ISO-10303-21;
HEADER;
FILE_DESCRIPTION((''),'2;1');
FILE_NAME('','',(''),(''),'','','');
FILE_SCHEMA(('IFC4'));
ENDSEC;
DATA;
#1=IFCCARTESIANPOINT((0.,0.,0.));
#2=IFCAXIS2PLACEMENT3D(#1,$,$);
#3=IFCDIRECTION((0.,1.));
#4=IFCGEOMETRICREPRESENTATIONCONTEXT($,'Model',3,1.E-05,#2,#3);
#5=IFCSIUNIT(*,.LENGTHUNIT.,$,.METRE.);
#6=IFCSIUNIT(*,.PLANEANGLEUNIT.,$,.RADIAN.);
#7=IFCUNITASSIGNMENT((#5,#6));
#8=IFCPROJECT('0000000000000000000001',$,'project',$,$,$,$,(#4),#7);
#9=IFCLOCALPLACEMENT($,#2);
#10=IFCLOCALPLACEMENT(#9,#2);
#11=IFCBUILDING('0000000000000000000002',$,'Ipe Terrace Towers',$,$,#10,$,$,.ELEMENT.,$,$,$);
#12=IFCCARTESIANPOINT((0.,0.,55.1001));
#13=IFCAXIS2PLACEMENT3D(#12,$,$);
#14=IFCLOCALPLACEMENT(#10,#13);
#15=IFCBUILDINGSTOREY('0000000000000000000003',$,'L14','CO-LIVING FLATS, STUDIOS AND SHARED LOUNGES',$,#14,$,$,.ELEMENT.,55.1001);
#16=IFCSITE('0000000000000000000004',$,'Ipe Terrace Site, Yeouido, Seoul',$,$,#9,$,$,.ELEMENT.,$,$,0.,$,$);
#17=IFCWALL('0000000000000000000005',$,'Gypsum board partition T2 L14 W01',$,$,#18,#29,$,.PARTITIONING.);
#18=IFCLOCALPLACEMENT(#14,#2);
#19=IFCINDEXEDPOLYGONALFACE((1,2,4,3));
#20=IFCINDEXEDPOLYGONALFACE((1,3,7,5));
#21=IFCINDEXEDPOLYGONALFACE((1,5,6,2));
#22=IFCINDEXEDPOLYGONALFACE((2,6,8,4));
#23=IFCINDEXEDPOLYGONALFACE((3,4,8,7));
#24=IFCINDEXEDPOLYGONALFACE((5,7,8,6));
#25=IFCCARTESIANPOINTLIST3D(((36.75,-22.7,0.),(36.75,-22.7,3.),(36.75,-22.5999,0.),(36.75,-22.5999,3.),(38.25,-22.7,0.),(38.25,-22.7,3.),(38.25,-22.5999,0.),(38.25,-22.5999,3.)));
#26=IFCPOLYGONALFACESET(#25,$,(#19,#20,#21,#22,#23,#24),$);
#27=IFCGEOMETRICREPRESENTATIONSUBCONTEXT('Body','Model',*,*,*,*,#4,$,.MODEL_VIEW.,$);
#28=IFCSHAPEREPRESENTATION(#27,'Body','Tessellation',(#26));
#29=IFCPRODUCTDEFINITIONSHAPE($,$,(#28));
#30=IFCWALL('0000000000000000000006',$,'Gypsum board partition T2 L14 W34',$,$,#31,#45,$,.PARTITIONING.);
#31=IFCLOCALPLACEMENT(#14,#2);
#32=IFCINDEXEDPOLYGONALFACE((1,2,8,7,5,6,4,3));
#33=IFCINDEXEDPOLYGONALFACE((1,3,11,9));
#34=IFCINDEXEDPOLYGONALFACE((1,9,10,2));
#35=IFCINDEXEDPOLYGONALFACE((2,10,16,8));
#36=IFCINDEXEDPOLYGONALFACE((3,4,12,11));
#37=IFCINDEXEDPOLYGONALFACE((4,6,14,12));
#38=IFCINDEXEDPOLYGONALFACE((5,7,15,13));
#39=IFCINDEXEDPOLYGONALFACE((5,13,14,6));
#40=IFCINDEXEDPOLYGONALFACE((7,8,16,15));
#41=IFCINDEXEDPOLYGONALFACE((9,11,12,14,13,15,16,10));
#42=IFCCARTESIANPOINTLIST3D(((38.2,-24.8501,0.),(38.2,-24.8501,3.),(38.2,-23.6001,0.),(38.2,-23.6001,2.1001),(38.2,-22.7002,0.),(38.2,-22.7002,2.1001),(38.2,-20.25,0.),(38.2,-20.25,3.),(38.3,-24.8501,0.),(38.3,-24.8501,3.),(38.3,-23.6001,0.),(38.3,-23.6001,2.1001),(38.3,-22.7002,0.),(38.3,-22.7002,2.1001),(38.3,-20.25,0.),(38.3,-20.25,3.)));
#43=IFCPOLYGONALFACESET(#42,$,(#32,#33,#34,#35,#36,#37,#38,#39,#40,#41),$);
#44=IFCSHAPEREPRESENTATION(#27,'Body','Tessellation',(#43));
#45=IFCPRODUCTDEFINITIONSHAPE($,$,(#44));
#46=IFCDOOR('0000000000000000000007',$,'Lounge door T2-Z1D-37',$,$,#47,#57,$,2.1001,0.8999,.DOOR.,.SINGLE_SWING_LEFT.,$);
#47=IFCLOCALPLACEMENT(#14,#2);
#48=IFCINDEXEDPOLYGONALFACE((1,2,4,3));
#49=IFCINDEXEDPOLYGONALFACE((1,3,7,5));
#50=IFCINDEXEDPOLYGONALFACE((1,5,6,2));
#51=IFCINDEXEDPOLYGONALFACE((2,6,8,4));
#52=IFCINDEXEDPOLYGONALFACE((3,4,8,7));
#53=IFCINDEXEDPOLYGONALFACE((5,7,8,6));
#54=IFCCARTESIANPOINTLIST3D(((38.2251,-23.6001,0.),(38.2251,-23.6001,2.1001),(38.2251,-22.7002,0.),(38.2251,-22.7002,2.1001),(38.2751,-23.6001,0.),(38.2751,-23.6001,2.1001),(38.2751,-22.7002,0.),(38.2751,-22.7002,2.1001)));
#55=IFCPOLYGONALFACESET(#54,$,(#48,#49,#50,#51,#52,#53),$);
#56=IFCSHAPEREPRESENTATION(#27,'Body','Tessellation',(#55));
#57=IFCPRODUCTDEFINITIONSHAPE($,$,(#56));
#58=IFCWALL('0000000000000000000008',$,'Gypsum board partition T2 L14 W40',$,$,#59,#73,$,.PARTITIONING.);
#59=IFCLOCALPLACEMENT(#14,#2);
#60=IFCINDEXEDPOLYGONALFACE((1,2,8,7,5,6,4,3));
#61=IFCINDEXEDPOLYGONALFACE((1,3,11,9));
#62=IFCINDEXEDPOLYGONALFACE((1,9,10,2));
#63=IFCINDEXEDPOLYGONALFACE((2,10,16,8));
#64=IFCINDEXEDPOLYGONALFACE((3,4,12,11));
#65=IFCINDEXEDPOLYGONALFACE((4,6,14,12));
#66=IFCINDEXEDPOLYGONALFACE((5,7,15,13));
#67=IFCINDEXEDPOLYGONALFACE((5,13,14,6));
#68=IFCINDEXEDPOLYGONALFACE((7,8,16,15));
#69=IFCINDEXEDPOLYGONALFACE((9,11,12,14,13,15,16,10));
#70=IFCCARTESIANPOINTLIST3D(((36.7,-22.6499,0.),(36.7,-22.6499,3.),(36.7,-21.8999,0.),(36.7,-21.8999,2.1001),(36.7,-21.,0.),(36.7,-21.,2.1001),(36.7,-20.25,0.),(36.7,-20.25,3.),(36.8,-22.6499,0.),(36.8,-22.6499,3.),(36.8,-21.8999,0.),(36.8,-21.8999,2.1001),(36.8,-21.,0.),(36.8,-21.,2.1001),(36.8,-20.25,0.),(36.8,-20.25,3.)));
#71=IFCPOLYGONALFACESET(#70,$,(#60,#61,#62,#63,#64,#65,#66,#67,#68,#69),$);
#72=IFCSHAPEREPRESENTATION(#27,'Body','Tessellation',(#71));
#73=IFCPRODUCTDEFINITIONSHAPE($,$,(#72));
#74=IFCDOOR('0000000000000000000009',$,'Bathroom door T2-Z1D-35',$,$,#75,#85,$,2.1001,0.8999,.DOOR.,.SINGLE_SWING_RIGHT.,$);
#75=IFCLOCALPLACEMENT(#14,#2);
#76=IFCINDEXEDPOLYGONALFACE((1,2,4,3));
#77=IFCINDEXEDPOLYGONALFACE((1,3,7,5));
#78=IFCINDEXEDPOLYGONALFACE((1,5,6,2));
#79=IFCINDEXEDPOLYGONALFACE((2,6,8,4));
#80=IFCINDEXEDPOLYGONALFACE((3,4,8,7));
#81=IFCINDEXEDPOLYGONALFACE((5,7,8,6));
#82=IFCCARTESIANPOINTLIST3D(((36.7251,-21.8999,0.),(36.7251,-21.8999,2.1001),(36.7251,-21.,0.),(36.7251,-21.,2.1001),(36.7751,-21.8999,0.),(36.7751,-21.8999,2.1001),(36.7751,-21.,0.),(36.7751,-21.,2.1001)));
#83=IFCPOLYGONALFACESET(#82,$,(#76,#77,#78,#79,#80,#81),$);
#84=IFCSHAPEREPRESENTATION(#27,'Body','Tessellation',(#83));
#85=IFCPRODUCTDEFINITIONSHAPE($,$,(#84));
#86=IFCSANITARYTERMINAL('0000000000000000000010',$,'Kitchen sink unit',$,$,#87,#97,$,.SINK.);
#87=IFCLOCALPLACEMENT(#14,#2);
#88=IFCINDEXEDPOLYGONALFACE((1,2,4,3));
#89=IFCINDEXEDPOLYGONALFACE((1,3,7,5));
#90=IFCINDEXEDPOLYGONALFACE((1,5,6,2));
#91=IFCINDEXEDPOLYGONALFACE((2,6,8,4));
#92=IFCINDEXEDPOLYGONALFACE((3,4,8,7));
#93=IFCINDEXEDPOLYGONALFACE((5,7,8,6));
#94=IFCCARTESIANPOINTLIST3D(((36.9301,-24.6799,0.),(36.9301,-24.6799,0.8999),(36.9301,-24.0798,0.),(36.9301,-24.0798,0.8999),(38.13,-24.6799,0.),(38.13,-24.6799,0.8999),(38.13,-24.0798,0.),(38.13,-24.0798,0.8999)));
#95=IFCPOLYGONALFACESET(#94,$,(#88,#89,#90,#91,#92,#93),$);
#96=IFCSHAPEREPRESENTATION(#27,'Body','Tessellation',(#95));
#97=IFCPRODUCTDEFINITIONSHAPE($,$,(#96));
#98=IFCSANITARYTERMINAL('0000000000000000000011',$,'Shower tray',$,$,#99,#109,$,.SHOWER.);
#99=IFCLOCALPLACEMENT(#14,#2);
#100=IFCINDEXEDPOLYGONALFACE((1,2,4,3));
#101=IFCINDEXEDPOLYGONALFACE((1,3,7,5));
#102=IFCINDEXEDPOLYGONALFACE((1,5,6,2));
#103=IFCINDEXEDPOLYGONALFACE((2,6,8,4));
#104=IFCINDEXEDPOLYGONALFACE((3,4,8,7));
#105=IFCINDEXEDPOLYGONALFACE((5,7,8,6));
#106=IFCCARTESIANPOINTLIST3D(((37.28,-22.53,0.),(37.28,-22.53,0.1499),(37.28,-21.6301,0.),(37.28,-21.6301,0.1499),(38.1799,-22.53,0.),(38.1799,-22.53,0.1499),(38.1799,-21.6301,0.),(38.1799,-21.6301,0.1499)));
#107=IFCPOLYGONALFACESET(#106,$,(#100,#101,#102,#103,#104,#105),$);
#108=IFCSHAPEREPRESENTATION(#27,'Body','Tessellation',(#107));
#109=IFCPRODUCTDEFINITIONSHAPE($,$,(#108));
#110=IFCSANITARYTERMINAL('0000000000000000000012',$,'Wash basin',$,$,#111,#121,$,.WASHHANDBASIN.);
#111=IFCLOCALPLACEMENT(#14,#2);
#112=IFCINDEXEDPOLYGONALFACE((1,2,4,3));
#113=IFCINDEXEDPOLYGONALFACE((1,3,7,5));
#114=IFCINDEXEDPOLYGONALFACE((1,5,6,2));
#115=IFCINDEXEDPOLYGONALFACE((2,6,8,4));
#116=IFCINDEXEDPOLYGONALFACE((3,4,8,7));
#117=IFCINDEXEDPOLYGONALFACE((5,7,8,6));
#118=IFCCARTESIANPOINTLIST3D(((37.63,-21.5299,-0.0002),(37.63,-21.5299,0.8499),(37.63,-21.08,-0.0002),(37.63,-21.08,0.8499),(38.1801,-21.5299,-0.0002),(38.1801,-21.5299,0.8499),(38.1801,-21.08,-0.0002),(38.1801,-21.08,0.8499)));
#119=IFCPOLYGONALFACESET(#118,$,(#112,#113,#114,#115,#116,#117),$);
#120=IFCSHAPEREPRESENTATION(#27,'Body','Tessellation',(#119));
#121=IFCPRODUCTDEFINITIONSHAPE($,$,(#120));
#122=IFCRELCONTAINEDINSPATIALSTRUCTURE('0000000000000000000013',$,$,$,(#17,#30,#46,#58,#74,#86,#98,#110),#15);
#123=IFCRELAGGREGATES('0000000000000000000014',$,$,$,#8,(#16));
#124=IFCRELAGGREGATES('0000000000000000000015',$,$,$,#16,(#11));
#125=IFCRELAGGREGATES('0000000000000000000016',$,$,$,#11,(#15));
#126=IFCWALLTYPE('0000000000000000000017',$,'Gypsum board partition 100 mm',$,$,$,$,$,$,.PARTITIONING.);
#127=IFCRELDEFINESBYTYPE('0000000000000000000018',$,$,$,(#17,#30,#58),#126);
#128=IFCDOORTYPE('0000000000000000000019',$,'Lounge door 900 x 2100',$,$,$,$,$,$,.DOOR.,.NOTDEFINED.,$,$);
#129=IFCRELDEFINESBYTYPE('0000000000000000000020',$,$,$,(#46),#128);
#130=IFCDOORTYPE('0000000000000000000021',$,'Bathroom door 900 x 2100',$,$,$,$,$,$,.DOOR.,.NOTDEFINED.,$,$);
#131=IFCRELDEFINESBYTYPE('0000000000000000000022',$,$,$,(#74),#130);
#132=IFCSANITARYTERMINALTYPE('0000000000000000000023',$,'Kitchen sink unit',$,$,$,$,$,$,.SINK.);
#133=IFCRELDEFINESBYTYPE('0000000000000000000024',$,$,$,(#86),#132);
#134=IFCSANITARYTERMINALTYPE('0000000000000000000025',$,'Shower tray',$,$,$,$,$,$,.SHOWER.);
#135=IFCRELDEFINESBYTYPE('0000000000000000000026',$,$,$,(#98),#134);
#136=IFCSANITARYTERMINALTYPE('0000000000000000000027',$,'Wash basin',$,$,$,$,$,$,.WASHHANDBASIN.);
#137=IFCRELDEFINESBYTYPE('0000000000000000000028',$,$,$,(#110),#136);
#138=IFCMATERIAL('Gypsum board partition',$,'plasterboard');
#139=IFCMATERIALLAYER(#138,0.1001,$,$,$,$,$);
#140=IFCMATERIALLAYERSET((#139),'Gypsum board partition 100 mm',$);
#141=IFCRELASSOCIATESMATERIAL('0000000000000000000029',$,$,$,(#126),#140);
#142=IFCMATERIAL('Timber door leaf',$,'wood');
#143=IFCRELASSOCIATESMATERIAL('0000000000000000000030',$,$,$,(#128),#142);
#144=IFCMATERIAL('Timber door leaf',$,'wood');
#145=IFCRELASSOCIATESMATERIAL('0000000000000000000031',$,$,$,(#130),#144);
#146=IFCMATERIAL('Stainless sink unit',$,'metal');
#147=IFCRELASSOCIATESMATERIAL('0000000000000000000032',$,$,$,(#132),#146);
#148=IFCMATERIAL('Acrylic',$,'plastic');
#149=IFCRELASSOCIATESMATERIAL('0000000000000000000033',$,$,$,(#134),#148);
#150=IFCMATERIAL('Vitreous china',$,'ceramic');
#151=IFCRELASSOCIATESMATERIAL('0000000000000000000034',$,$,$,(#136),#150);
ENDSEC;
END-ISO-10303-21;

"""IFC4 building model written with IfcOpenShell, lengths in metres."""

from ifc_helpers import new_model, si_unit, direction, frame, frame_2d, origin, origin_2d, place, context, subcontext, project, spatial, rectangle, extrude, material, layer, layer_set, type_object, element, fill, save


model = new_model("IFC4")

# Units and contexts
model_context = context("Model", 3, precision=1e-05, world=origin(), true_north=direction((0.0, 1.0)))
body_context = subcontext(model_context, "Body", "Model", "MODEL_VIEW")
ifc_project = project(units=[si_unit("LENGTHUNIT", "METRE"), si_unit("PLANEANGLEUNIT", "RADIAN")], contexts=[model_context])

# Site, building, storey
site_placement = place(None, origin())
site = spatial("IfcSite", under=ifc_project, at=site_placement, Name="Ipe Terrace Site, Yeouido, Seoul", CompositionType="ELEMENT", RefElevation=0.0)
building_placement = place(site_placement, origin())
building = spatial("IfcBuilding", under=site, at=building_placement, Name="Ipe Terrace Towers", CompositionType="ELEMENT")
storey_placement = place(building_placement, frame((0.0, 0.0, 55.1001)))
storey = spatial("IfcBuildingStorey", under=building, at=storey_placement, Name="L14", Description="CO-LIVING FLATS, STUDIOS AND SHARED LOUNGES", CompositionType="ELEMENT", Elevation=55.1001)

# Wall
ifc_material_1 = material(Name="Gypsum board partition", Category="plasterboard")
ifc_layer_1 = layer(ifc_material_1, 0.1001)
ifc_layer_set_1 = layer_set([ifc_layer_1], Name="Gypsum board partition 100 mm")
wall_type_1 = type_object("IfcWallType", Name="Gypsum board partition 100 mm", PredefinedType="PARTITIONING", material=ifc_layer_set_1)
wall_1_placement = place(storey_placement, frame((38.25, -22.6499, 0.0), z_axis=(0.0, 0.0, 1.0), x_axis=(-1.0, 0.0, 0.0)))
element("IfcWall", 1, at=wall_1_placement, inside=storey, type_object=wall_type_1, Name="Gypsum board partition T2 L14 W01", PredefinedType="PARTITIONING", context=body_context, shape_type="SweptSolid", body=[
    extrude(rectangle(XDim=1.5, YDim=0.1001, at=frame_2d((0.75, 0.0))), origin(), (0.0, 0.0, 1.0), 3.0),
])

# Walls, openings, doors
wall_2_placement = place(storey_placement, frame((38.25, -24.8501, 0.0), z_axis=(0.0, 0.0, 1.0), x_axis=(0.0, 1.0, 0.0)))
wall_2 = element("IfcWall", 2, at=wall_2_placement, inside=storey, type_object=wall_type_1, Name="Gypsum board partition T2 L14 W34", PredefinedType="PARTITIONING", context=body_context, shape_type="SweptSolid", body=[
    extrude(rectangle(XDim=4.6001, YDim=0.1001, at=frame_2d((2.3, 0.0))), origin(), (0.0, 0.0, 1.0), 3.0),
])
opening_1_placement = place(wall_2_placement, frame((1.25, 0.0, 0.0)))
opening_1 = element("IfcOpeningElement", 3, at=opening_1_placement, cuts=wall_2, PredefinedType="OPENING", context=body_context, shape_type="SweptSolid", body=[
    extrude(rectangle(XDim=0.8999, YDim=2.1001, at=frame_2d((0.45, 1.05))), frame((0.0, 0.0601, 0.0), z_axis=(0.0, -1.0, 0.0), x_axis=(1.0, 0.0, 0.0)), (0.0, 0.0, 1.0), 0.1201),
])
ifc_material_2 = material(Name="Timber door leaf", Category="wood")
door_type_1 = type_object("IfcDoorType", Name="Lounge door 900 x 2100", OperationType="NOTDEFINED", PredefinedType="DOOR", material=ifc_material_2)
door_1_placement = place(opening_1_placement, origin())
door_1 = element("IfcDoor", 4, at=door_1_placement, inside=storey, type_object=door_type_1, Name="Lounge door T2-Z1D-37", OperationType="SINGLE_SWING_LEFT", OverallHeight=2.1001, OverallWidth=0.8999, PredefinedType="DOOR", context=body_context, shape_type="SweptSolid", body=[
    extrude(rectangle(XDim=0.8999, YDim=2.1001, at=frame_2d((0.45, 1.05))), frame((0.0, 0.0249, 0.0), z_axis=(0.0, -1.0, 0.0), x_axis=(1.0, 0.0, 0.0)), (0.0, 0.0, 1.0), 0.05),
])
fill(opening_1, door_1)
wall_3_placement = place(storey_placement, frame((36.75, -22.6499, 0.0), z_axis=(0.0, 0.0, 1.0), x_axis=(0.0, 1.0, 0.0)))
wall_3 = element("IfcWall", 5, at=wall_3_placement, inside=storey, type_object=wall_type_1, Name="Gypsum board partition T2 L14 W40", PredefinedType="PARTITIONING", context=body_context, shape_type="SweptSolid", body=[
    extrude(rectangle(XDim=2.3999, YDim=0.1001, at=frame_2d((1.2, 0.0))), origin(), (0.0, 0.0, 1.0), 3.0),
])
opening_2_placement = place(wall_3_placement, frame((0.75, 0.0, 0.0)))
opening_2 = element("IfcOpeningElement", 6, at=opening_2_placement, cuts=wall_3, PredefinedType="OPENING", context=body_context, shape_type="SweptSolid", body=[
    extrude(rectangle(XDim=0.8999, YDim=2.1001, at=frame_2d((0.45, 1.05))), frame((0.0, 0.0601, 0.0), z_axis=(0.0, -1.0, 0.0), x_axis=(1.0, 0.0, 0.0)), (0.0, 0.0, 1.0), 0.1201),
])
ifc_material_3 = material(Name="Timber door leaf", Category="wood")
door_type_2 = type_object("IfcDoorType", Name="Bathroom door 900 x 2100", OperationType="NOTDEFINED", PredefinedType="DOOR", material=ifc_material_3)
door_2_placement = place(opening_2_placement, origin())
door_2 = element("IfcDoor", 7, at=door_2_placement, inside=storey, type_object=door_type_2, Name="Bathroom door T2-Z1D-35", OperationType="SINGLE_SWING_RIGHT", OverallHeight=2.1001, OverallWidth=0.8999, PredefinedType="DOOR", context=body_context, shape_type="SweptSolid", body=[
    extrude(rectangle(XDim=0.8999, YDim=2.1001, at=frame_2d((0.45, 1.05))), frame((0.0, 0.0249, 0.0), z_axis=(0.0, -1.0, 0.0), x_axis=(1.0, 0.0, 0.0)), (0.0, 0.0, 1.0), 0.05),
])
fill(opening_2, door_2)

# Sanitary terminals
ifc_material_4 = material(Name="Stainless sink unit", Category="metal")
sanitary_terminal_type_1 = type_object("IfcSanitaryTerminalType", Name="Kitchen sink unit", PredefinedType="SINK", material=ifc_material_4)
sanitary_terminal_1_placement = place(storey_placement, frame((37.53, -24.3799, 0.0), z_axis=(0.0, 0.0, 1.0), x_axis=(-1.0, 0.0, 0.0)))
element("IfcSanitaryTerminal", 8, at=sanitary_terminal_1_placement, inside=storey, type_object=sanitary_terminal_type_1, Name="Kitchen sink unit", PredefinedType="SINK", context=body_context, shape_type="SweptSolid", body=[
    extrude(rectangle(XDim=1.2, YDim=0.6001, at=origin_2d()), origin(), (0.0, 0.0, 1.0), 0.8999),
])
ifc_material_5 = material(Name="Acrylic", Category="plastic")
sanitary_terminal_type_2 = type_object("IfcSanitaryTerminalType", Name="Shower tray", PredefinedType="SHOWER", material=ifc_material_5)
sanitary_terminal_2_placement = place(storey_placement, frame((37.73, -22.0801, 0.0), z_axis=(0.0, 0.0, 1.0), x_axis=(-1.0, 0.0, 0.0)))
element("IfcSanitaryTerminal", 9, at=sanitary_terminal_2_placement, inside=storey, type_object=sanitary_terminal_type_2, Name="Shower tray", PredefinedType="SHOWER", context=body_context, shape_type="SweptSolid", body=[
    extrude(rectangle(XDim=0.8999, YDim=0.8999, at=origin_2d()), origin(), (0.0, 0.0, 1.0), 0.1499),
])
ifc_material_6 = material(Name="Vitreous china", Category="ceramic")
sanitary_terminal_type_3 = type_object("IfcSanitaryTerminalType", Name="Wash basin", PredefinedType="WASHHANDBASIN", material=ifc_material_6)
sanitary_terminal_3_placement = place(storey_placement, frame((37.905, -21.3049, -0.0002), z_axis=(0.0, 0.0, 1.0), x_axis=(-1.0, 0.0, 0.0)))
element("IfcSanitaryTerminal", 10, at=sanitary_terminal_3_placement, inside=storey, type_object=sanitary_terminal_type_3, Name="Wash basin", PredefinedType="WASHHANDBASIN", context=body_context, shape_type="SweptSolid", body=[
    extrude(rectangle(XDim=0.55, YDim=0.45, at=origin_2d()), origin(), (0.0, 0.0, 1.0), 0.8501),
])

save(model, "model.ifc")
